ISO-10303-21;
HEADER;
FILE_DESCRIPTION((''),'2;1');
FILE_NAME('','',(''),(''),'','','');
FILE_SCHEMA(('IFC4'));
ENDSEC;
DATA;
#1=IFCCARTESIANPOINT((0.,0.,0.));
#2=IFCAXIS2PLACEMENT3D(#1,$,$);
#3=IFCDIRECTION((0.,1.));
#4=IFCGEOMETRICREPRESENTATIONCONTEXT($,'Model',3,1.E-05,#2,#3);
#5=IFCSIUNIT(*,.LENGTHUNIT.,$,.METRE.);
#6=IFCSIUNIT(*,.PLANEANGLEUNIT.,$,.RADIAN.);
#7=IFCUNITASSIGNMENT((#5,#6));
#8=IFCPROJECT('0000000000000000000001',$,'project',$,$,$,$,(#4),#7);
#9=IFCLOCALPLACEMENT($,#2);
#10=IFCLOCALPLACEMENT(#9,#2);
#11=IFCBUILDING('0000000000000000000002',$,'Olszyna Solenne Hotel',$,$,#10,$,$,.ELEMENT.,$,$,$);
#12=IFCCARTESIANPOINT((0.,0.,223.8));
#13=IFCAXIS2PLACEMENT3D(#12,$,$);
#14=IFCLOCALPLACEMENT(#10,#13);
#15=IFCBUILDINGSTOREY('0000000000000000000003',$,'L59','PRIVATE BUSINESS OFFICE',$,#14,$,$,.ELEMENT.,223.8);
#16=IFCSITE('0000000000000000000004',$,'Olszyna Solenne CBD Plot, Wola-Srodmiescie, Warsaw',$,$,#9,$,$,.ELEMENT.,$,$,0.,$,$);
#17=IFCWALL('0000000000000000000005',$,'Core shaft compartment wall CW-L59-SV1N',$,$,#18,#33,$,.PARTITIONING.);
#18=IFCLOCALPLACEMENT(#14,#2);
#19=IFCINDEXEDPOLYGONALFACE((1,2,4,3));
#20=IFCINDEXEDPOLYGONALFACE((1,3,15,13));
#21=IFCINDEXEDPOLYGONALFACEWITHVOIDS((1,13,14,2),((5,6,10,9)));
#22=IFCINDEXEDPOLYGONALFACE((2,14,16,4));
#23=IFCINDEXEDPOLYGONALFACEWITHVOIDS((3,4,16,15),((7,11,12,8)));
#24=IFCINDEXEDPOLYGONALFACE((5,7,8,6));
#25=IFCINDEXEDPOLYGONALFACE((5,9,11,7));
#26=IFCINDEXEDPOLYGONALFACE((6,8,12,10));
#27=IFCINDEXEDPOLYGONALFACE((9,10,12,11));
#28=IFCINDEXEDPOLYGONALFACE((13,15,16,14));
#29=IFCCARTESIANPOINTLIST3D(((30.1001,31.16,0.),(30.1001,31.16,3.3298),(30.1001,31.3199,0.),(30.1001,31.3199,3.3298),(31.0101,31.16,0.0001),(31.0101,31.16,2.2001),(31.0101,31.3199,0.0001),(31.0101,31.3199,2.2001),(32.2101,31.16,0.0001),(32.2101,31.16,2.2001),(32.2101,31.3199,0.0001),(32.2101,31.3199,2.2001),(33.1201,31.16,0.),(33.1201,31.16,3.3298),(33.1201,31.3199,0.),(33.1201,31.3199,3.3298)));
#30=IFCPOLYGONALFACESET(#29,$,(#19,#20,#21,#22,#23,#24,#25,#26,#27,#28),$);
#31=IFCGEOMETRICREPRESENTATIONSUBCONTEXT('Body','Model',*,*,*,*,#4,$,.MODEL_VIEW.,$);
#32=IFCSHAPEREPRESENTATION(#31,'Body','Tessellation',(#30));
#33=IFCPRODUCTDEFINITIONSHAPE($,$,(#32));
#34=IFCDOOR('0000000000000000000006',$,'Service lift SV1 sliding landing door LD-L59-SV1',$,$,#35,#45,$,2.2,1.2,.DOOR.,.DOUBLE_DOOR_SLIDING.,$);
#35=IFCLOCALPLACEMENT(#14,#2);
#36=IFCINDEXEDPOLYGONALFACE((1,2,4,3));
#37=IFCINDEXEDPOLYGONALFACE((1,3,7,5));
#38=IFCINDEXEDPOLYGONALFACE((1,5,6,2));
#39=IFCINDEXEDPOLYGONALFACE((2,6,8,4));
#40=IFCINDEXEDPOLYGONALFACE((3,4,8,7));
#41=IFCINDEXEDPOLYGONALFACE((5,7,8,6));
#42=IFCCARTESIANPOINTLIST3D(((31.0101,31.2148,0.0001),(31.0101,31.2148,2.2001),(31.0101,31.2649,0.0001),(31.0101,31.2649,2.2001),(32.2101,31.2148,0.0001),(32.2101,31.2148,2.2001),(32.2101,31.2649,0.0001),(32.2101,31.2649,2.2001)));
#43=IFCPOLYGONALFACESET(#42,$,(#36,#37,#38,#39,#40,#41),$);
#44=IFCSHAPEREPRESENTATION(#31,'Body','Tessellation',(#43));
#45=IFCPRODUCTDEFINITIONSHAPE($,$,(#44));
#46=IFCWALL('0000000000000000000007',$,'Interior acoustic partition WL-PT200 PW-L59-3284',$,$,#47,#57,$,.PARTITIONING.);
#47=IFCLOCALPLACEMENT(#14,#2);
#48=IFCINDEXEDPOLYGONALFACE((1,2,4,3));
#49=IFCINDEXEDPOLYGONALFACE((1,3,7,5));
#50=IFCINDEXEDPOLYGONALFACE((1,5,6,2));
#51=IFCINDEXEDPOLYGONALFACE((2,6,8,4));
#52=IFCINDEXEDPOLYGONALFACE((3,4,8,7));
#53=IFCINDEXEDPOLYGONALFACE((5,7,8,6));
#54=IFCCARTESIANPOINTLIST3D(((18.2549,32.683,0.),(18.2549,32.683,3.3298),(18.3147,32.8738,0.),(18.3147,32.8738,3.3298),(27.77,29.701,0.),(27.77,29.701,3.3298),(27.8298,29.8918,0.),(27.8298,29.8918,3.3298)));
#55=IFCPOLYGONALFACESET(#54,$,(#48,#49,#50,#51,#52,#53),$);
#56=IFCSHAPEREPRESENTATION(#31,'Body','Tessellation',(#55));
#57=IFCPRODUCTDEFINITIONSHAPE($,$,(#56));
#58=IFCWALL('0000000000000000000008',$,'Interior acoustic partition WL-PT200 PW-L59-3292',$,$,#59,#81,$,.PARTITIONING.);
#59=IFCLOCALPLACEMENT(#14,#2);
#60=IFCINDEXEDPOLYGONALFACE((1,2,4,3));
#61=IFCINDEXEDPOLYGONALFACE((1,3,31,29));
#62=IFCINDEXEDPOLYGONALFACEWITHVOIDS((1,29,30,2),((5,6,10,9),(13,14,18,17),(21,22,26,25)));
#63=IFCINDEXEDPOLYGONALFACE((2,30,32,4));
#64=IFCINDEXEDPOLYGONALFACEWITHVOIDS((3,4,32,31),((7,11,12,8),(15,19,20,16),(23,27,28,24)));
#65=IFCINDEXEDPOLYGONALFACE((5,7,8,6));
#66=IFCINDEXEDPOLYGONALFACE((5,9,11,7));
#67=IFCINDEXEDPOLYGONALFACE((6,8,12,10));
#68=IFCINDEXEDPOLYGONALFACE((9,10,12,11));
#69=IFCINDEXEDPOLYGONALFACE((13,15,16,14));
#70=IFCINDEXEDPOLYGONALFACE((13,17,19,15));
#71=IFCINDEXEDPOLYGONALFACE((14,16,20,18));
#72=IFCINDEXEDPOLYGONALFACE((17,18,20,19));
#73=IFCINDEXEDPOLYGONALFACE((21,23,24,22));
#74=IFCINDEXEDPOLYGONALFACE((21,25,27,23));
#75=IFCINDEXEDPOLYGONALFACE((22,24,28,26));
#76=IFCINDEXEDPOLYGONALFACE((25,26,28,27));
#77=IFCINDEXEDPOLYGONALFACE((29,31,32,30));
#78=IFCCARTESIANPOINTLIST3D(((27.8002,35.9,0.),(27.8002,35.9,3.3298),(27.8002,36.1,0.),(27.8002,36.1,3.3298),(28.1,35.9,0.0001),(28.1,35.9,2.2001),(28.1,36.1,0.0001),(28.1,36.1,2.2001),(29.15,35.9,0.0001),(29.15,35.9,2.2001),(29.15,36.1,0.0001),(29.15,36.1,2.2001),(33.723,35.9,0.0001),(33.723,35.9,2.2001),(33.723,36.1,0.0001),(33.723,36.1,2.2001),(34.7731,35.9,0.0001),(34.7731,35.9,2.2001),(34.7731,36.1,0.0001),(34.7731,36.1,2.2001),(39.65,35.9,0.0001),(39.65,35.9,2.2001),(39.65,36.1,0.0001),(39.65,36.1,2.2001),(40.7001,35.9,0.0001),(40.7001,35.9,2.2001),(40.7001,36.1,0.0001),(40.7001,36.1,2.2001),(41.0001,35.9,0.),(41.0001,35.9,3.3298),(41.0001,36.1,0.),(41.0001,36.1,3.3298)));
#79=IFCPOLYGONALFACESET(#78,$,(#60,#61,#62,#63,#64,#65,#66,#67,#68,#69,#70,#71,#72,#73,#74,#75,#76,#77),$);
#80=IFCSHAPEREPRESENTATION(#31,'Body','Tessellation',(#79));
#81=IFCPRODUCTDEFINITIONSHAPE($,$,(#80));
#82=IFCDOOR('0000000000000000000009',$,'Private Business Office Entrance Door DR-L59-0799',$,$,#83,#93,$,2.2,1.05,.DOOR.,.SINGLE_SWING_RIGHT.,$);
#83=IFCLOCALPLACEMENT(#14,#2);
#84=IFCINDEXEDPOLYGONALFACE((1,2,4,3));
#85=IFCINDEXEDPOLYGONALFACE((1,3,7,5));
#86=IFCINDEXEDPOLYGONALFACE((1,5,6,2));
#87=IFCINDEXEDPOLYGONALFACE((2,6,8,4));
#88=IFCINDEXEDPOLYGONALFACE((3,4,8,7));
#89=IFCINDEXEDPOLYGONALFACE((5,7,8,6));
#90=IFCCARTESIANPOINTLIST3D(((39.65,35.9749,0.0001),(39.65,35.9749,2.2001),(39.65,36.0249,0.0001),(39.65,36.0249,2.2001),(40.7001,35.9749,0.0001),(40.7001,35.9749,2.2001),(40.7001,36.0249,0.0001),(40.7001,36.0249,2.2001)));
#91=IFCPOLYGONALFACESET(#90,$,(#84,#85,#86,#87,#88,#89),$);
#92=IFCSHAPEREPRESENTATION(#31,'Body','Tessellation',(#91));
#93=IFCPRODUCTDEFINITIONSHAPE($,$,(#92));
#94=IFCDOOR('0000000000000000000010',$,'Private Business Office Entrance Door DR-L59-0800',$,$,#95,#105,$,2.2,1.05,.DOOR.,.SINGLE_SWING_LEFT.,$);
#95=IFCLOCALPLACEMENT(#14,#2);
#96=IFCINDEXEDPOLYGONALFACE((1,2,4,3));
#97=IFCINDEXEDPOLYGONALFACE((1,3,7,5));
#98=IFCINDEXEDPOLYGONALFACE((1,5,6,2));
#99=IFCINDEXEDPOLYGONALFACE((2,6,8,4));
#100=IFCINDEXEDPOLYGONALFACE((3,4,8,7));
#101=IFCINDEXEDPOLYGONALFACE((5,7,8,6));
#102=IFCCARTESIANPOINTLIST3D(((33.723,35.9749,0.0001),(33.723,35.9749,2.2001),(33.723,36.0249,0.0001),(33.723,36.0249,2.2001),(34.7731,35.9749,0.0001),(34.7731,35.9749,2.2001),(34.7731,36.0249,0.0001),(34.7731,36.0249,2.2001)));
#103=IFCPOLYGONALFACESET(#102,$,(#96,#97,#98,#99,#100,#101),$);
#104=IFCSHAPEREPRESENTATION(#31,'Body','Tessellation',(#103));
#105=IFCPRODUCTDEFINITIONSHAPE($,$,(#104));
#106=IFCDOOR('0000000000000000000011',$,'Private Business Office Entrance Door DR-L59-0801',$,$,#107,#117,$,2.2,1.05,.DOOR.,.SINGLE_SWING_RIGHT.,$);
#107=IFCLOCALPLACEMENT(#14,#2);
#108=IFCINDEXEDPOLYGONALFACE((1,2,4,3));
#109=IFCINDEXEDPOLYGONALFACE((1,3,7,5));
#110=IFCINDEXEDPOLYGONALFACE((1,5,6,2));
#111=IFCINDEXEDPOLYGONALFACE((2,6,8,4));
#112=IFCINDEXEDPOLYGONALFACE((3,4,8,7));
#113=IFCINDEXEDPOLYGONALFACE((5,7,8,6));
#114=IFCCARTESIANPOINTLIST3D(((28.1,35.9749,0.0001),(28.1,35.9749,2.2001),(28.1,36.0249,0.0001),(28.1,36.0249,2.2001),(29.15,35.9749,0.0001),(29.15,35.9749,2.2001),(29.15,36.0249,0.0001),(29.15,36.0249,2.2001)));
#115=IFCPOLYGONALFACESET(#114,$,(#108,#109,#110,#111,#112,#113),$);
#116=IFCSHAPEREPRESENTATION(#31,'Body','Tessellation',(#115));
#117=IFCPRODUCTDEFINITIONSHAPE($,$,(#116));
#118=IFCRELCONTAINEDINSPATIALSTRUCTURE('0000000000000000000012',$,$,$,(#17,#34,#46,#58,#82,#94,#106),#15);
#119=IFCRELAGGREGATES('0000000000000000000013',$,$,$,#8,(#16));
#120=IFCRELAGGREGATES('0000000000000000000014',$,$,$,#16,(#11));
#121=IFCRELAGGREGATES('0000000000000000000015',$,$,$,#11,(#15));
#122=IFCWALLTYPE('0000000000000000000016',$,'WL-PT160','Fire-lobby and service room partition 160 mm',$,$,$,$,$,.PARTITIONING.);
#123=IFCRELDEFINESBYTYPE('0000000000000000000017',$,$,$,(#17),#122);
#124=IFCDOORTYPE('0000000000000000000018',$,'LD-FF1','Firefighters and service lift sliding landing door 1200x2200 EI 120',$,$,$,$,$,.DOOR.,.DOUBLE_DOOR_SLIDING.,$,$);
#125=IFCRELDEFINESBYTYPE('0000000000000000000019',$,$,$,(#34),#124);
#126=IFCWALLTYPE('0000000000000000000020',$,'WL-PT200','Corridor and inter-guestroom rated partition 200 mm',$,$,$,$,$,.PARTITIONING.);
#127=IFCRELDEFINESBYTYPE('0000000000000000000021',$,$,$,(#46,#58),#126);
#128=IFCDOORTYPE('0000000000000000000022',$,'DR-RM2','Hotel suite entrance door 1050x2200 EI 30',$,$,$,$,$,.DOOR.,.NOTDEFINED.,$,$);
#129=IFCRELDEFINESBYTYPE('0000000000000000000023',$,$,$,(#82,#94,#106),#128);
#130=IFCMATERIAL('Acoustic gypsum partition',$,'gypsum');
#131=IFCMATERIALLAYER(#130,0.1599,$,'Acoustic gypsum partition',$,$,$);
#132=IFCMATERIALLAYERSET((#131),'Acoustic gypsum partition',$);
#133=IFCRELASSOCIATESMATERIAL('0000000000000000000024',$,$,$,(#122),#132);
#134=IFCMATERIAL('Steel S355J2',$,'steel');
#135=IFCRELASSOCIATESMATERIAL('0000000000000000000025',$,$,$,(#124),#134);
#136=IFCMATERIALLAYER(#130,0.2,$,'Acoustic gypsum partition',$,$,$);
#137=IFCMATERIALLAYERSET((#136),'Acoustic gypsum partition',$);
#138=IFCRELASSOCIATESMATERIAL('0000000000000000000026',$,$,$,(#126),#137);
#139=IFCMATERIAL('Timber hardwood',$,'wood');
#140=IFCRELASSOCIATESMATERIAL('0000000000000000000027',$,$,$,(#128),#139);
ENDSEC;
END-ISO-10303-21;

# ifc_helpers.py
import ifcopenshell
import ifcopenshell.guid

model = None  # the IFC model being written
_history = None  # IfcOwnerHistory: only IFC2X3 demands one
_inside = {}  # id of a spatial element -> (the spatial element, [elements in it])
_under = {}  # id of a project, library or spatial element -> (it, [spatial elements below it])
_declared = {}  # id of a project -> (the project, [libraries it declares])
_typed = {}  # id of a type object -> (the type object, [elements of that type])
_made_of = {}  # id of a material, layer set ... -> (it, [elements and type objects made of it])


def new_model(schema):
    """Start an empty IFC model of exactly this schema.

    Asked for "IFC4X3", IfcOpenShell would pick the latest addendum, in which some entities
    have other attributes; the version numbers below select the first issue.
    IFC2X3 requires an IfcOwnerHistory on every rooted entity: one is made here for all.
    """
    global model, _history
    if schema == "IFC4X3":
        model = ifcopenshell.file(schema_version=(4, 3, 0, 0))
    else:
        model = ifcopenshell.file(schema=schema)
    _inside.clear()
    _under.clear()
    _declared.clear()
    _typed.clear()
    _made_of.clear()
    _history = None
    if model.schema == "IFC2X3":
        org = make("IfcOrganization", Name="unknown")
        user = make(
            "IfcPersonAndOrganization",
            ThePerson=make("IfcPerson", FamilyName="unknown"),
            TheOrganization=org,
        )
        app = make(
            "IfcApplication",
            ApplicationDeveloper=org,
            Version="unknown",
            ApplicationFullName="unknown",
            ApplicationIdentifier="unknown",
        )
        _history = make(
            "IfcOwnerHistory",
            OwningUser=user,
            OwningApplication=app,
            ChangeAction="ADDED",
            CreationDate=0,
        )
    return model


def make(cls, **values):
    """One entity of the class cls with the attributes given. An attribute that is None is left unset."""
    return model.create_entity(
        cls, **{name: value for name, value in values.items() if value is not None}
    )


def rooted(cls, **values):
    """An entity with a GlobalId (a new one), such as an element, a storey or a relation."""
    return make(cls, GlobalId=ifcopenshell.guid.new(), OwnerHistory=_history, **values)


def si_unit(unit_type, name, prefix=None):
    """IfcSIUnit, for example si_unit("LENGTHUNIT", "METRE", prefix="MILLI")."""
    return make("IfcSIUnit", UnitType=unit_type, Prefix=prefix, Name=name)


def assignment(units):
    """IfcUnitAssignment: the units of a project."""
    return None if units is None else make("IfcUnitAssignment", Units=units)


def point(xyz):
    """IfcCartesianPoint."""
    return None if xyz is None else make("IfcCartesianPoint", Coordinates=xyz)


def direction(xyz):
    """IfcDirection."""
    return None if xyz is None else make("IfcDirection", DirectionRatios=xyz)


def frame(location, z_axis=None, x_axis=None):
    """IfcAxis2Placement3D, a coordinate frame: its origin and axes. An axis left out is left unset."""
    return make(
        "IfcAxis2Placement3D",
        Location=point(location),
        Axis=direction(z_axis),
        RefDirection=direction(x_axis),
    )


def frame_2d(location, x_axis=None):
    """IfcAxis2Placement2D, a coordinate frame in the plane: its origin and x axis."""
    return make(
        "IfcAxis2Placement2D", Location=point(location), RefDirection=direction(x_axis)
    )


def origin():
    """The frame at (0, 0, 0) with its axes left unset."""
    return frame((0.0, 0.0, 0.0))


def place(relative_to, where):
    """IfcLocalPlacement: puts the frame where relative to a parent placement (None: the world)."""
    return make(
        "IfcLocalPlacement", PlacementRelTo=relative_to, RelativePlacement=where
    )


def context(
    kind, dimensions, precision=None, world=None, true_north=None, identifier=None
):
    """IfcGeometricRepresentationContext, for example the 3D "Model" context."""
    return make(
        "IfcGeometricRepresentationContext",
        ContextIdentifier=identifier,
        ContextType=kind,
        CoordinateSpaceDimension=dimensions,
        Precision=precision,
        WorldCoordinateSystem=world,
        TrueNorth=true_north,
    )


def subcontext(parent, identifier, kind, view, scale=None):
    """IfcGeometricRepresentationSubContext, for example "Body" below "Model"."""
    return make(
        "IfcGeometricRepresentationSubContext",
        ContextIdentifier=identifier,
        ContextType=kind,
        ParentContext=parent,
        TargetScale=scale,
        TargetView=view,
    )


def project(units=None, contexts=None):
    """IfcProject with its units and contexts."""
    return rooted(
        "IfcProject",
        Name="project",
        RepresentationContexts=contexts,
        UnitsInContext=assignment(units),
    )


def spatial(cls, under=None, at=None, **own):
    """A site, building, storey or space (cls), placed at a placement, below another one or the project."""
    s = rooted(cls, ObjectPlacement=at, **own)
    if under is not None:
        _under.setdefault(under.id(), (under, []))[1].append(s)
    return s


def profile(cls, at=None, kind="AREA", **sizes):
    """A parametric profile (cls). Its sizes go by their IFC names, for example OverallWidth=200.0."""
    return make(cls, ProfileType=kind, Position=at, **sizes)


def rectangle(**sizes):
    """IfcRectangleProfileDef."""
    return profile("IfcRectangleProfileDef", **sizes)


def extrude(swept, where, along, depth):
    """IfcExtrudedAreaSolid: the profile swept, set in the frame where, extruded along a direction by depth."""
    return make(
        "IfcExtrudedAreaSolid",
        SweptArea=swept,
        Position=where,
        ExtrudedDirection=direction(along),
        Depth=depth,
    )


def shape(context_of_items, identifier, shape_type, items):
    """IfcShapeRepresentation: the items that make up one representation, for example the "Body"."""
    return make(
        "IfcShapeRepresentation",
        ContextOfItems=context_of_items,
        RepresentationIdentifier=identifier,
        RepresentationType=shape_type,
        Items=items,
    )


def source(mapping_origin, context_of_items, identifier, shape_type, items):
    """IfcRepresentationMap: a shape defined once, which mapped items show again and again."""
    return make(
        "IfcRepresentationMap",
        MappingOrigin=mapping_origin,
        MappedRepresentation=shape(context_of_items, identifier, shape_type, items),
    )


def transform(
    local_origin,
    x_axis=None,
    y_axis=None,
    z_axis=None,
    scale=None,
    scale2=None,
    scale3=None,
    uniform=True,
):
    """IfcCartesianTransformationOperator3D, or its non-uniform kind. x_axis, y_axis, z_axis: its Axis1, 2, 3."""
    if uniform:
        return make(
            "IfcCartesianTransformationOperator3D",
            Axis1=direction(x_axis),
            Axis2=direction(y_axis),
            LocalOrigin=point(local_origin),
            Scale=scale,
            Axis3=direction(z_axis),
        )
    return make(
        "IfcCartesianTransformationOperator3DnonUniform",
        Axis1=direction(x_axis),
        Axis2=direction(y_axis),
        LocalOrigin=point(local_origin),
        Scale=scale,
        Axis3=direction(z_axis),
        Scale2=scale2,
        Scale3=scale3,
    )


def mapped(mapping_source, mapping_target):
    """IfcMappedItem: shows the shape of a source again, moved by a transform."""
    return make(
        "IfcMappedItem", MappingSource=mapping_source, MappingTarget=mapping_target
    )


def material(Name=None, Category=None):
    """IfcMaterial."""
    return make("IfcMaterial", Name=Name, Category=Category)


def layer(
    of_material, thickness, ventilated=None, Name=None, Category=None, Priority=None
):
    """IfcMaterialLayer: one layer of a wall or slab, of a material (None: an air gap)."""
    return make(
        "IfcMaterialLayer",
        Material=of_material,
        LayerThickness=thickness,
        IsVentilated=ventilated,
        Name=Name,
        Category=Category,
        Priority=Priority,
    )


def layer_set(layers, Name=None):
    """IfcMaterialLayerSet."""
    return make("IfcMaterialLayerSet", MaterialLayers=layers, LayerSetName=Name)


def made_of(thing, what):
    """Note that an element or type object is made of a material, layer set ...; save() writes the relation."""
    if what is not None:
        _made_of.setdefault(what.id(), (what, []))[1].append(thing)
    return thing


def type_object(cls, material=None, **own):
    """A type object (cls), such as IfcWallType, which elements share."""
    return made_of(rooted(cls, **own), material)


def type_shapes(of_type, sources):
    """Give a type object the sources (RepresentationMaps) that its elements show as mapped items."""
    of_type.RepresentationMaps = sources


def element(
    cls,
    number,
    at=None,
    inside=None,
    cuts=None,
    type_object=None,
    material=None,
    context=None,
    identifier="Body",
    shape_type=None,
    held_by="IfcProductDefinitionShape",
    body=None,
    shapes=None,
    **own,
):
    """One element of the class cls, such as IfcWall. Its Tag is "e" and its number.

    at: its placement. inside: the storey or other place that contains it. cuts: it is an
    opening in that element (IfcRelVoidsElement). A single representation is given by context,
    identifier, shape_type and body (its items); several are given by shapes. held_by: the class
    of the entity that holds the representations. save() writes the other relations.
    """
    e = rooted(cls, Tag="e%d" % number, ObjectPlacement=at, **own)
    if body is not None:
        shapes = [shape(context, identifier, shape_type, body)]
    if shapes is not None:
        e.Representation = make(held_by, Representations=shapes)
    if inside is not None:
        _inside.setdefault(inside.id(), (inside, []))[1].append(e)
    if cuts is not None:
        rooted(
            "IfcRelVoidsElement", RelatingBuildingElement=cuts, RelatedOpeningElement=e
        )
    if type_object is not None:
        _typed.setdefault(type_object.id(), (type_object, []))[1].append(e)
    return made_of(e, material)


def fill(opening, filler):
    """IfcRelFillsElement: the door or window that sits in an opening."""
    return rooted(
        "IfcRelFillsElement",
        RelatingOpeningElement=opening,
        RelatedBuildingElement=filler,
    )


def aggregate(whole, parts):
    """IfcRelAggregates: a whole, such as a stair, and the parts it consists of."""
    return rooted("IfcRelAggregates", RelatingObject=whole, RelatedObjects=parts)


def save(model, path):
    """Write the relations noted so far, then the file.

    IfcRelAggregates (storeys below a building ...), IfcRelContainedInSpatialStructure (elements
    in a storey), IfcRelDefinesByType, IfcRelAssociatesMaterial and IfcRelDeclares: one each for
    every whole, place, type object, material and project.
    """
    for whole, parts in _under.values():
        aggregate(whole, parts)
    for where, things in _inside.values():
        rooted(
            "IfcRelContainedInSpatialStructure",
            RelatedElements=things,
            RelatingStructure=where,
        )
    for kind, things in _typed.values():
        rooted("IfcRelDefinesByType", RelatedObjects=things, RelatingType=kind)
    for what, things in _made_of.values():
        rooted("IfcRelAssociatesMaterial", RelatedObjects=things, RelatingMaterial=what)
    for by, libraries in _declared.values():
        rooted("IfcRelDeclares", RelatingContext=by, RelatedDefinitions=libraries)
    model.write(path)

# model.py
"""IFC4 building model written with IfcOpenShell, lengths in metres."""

from ifc_helpers import new_model, si_unit, direction, frame, frame_2d, origin, place, context, subcontext, project, spatial, rectangle, extrude, source, transform, mapped, material, layer, layer_set, type_object, type_shapes, element, fill, save


model = new_model("IFC4")

# Units and contexts
model_context = context("Model", 3, precision=1e-05, world=origin(), true_north=direction((0.0, 1.0)))
body_context = subcontext(model_context, "Body", "Model", "MODEL_VIEW")
ifc_project = project(units=[si_unit("LENGTHUNIT", "METRE"), si_unit("PLANEANGLEUNIT", "RADIAN")], contexts=[model_context])

# Site, building, storey
site_placement = place(None, origin())
site = spatial("IfcSite", under=ifc_project, at=site_placement, Name="Olszyna Solenne CBD Plot, Wola-Srodmiescie, Warsaw", CompositionType="ELEMENT", RefElevation=0.0)
building_placement = place(site_placement, origin())
building = spatial("IfcBuilding", under=site, at=building_placement, Name="Olszyna Solenne Hotel", CompositionType="ELEMENT")
storey_placement = place(building_placement, frame((0.0, 0.0, 223.8)))
storey = spatial("IfcBuildingStorey", under=building, at=storey_placement, Name="L59", Description="PRIVATE BUSINESS OFFICE", CompositionType="ELEMENT", Elevation=223.8)

# Shared definitions
ifc_material_1 = material(Name="Steel S355J2", Category="steel")

# Shared definitions
ifc_material_2 = material(Name="Acoustic gypsum partition", Category="gypsum")
ifc_layer_1 = layer(ifc_material_2, 0.1599, Name="Acoustic gypsum partition")
ifc_layer_set_1 = layer_set([ifc_layer_1], Name="Acoustic gypsum partition")
wall_type_1 = type_object("IfcWallType", Name="WL-PT160", Description="Fire-lobby and service room partition 160 mm", PredefinedType="PARTITIONING", material=ifc_layer_set_1)

# Wall, opening, door
wall_1_placement = place(storey_placement, frame((30.1001, 31.24, 0.0), z_axis=(0.0, 0.0, 1.0), x_axis=(1.0, 0.0, 0.0)))
wall_1 = element("IfcWall", 1, at=wall_1_placement, inside=storey, type_object=wall_type_1, Name="Core shaft compartment wall CW-L59-SV1N", PredefinedType="PARTITIONING", context=body_context, shape_type="SweptSolid", body=[
    extrude(rectangle(XDim=3.02, YDim=0.1599, at=frame_2d((1.51, 0.0))), origin(), (0.0, 0.0, 1.0), 3.3298),
])
opening_1_placement = place(wall_1_placement, frame((0.9099, 0.0, 0.0)))
opening_1 = element("IfcOpeningElement", 2, at=opening_1_placement, cuts=wall_1, PredefinedType="OPENING", context=body_context, shape_type="SweptSolid", body=[
    extrude(rectangle(XDim=1.2, YDim=2.2, at=frame_2d((0.6001, 1.1001))), frame((0.0, 0.0898, 0.0), z_axis=(0.0, -1.0, 0.0), x_axis=(1.0, 0.0, 0.0)), (0.0, 0.0, 1.0), 0.1799),
])
door_type_1 = type_object("IfcDoorType", Name="LD-FF1", Description="Firefighters and service lift sliding landing door 1200x2200 EI 120", OperationType="DOUBLE_DOOR_SLIDING", PredefinedType="DOOR", material=ifc_material_1)
shared_shape_1 = source(origin(), body_context, "Body", "SweptSolid", [
    extrude(rectangle(XDim=1.2, YDim=2.2, at=frame_2d((0.6001, 1.1001))), frame((0.0, 0.0249, 0.0), z_axis=(0.0, -1.0, 0.0), x_axis=(1.0, 0.0, 0.0)), (0.0, 0.0, 1.0), 0.05),
])
type_shapes(door_type_1, [shared_shape_1])
door_1_placement = place(opening_1_placement, origin())
door_1 = element("IfcDoor", 3, at=door_1_placement, inside=storey, type_object=door_type_1, Name="Service lift SV1 sliding landing door LD-L59-SV1", OperationType="DOUBLE_DOOR_SLIDING", OverallHeight=2.2, OverallWidth=1.2, PredefinedType="DOOR", context=body_context, shape_type="MappedRepresentation", body=[
    mapped(shared_shape_1, transform((0.0, 0.0, 0.0), x_axis=(1.0, 0.0, 0.0), y_axis=(0.0, 1.0, 0.0), z_axis=(0.0, 0.0, 1.0), scale=1.0)),
])
fill(opening_1, door_1)

# Wall
ifc_layer_2 = layer(ifc_material_2, 0.2, Name="Acoustic gypsum partition")
ifc_layer_set_2 = layer_set([ifc_layer_2], Name="Acoustic gypsum partition")
wall_type_2 = type_object("IfcWallType", Name="WL-PT200", Description="Corridor and inter-guestroom rated partition 200 mm", PredefinedType="PARTITIONING", material=ifc_layer_set_2)
wall_2_placement = place(storey_placement, frame((27.8, 29.7964, 0.0), z_axis=(0.0, 0.0, 1.0), x_axis=(-0.954238, 0.299047, 0.0)))
element("IfcWall", 4, at=wall_2_placement, inside=storey, type_object=wall_type_2, Name="Interior acoustic partition WL-PT200 PW-L59-3284", PredefinedType="PARTITIONING", context=body_context, shape_type="SweptSolid", body=[
    extrude(rectangle(XDim=9.9714, YDim=0.2, at=frame_2d((4.9858, 0.0))), origin(), (0.0, 0.0, 1.0), 3.3298),
])

# Wall, openings, doors
wall_3_placement = place(storey_placement, frame((27.8, 36.0, 0.0), z_axis=(0.0, 0.0, 1.0), x_axis=(1.0, 0.0, 0.0)))
wall_3 = element("IfcWall", 5, at=wall_3_placement, inside=storey, type_object=wall_type_2, Name="Interior acoustic partition WL-PT200 PW-L59-3292", PredefinedType="PARTITIONING", context=body_context, shape_type="SweptSolid", body=[
    extrude(rectangle(XDim=13.2, YDim=0.2, at=frame_2d((6.6001, 0.0))), origin(), (0.0, 0.0, 1.0), 3.3298),
])
opening_2_placement = place(wall_3_placement, frame((11.8501, 0.0, 0.0)))
opening_2 = element("IfcOpeningElement", 6, at=opening_2_placement, cuts=wall_3, PredefinedType="OPENING", context=body_context, shape_type="SweptSolid", body=[
    extrude(rectangle(XDim=1.05, YDim=2.2, at=frame_2d((0.5249, 1.1001))), frame((0.0, 0.1099, 0.0), z_axis=(0.0, -1.0, 0.0), x_axis=(1.0, 0.0, 0.0)), (0.0, 0.0, 1.0), 0.22),
])
opening_3_placement = place(wall_3_placement, frame((5.9231, 0.0, 0.0)))
opening_3 = element("IfcOpeningElement", 7, at=opening_3_placement, cuts=wall_3, PredefinedType="OPENING", context=body_context, shape_type="SweptSolid", body=[
    extrude(rectangle(XDim=1.05, YDim=2.2, at=frame_2d((0.5249, 1.1001))), frame((0.0, 0.1099, 0.0), z_axis=(0.0, -1.0, 0.0), x_axis=(1.0, 0.0, 0.0)), (0.0, 0.0, 1.0), 0.22),
])
opening_4_placement = place(wall_3_placement, frame((0.3, 0.0, 0.0)))
opening_4 = element("IfcOpeningElement", 8, at=opening_4_placement, cuts=wall_3, PredefinedType="OPENING", context=body_context, shape_type="SweptSolid", body=[
    extrude(rectangle(XDim=1.05, YDim=2.2, at=frame_2d((0.5249, 1.1001))), frame((0.0, 0.1099, 0.0), z_axis=(0.0, -1.0, 0.0), x_axis=(1.0, 0.0, 0.0)), (0.0, 0.0, 1.0), 0.22),
])
ifc_material_3 = material(Name="Timber hardwood", Category="wood")
door_type_2 = type_object("IfcDoorType", Name="DR-RM2", Description="Hotel suite entrance door 1050x2200 EI 30", OperationType="NOTDEFINED", PredefinedType="DOOR", material=ifc_material_3)
shared_shape_2 = source(origin(), body_context, "Body", "SweptSolid", [
    extrude(rectangle(XDim=1.05, YDim=2.2, at=frame_2d((0.5249, 1.1001))), frame((0.0, 0.0249, 0.0), z_axis=(0.0, -1.0, 0.0), x_axis=(1.0, 0.0, 0.0)), (0.0, 0.0, 1.0), 0.05),
])
type_shapes(door_type_2, [shared_shape_2])
door_2_placement = place(opening_2_placement, origin())
door_2 = element("IfcDoor", 9, at=door_2_placement, inside=storey, type_object=door_type_2, Name="Private Business Office Entrance Door DR-L59-0799", OperationType="SINGLE_SWING_RIGHT", OverallHeight=2.2, OverallWidth=1.05, PredefinedType="DOOR", context=body_context, shape_type="MappedRepresentation", body=[
    mapped(shared_shape_2, transform((0.0, 0.0, 0.0), x_axis=(1.0, 0.0, 0.0), y_axis=(0.0, 1.0, 0.0), z_axis=(0.0, 0.0, 1.0), scale=1.0)),
])
fill(opening_2, door_2)
door_3_placement = place(opening_3_placement, origin())
door_3 = element("IfcDoor", 10, at=door_3_placement, inside=storey, type_object=door_type_2, Name="Private Business Office Entrance Door DR-L59-0800", OperationType="SINGLE_SWING_LEFT", OverallHeight=2.2, OverallWidth=1.05, PredefinedType="DOOR", context=body_context, shape_type="MappedRepresentation", body=[
    mapped(shared_shape_2, transform((0.0, 0.0, 0.0), x_axis=(1.0, 0.0, 0.0), y_axis=(0.0, 1.0, 0.0), z_axis=(0.0, 0.0, 1.0), scale=1.0)),
])
fill(opening_3, door_3)
door_4_placement = place(opening_4_placement, origin())
door_4 = element("IfcDoor", 11, at=door_4_placement, inside=storey, type_object=door_type_2, Name="Private Business Office Entrance Door DR-L59-0801", OperationType="SINGLE_SWING_RIGHT", OverallHeight=2.2, OverallWidth=1.05, PredefinedType="DOOR", context=body_context, shape_type="MappedRepresentation", body=[
    mapped(shared_shape_2, transform((0.0, 0.0, 0.0), x_axis=(1.0, 0.0, 0.0), y_axis=(0.0, 1.0, 0.0), z_axis=(0.0, 0.0, 1.0), scale=1.0)),
])
fill(opening_4, door_4)

save(model, "model.ifc")
